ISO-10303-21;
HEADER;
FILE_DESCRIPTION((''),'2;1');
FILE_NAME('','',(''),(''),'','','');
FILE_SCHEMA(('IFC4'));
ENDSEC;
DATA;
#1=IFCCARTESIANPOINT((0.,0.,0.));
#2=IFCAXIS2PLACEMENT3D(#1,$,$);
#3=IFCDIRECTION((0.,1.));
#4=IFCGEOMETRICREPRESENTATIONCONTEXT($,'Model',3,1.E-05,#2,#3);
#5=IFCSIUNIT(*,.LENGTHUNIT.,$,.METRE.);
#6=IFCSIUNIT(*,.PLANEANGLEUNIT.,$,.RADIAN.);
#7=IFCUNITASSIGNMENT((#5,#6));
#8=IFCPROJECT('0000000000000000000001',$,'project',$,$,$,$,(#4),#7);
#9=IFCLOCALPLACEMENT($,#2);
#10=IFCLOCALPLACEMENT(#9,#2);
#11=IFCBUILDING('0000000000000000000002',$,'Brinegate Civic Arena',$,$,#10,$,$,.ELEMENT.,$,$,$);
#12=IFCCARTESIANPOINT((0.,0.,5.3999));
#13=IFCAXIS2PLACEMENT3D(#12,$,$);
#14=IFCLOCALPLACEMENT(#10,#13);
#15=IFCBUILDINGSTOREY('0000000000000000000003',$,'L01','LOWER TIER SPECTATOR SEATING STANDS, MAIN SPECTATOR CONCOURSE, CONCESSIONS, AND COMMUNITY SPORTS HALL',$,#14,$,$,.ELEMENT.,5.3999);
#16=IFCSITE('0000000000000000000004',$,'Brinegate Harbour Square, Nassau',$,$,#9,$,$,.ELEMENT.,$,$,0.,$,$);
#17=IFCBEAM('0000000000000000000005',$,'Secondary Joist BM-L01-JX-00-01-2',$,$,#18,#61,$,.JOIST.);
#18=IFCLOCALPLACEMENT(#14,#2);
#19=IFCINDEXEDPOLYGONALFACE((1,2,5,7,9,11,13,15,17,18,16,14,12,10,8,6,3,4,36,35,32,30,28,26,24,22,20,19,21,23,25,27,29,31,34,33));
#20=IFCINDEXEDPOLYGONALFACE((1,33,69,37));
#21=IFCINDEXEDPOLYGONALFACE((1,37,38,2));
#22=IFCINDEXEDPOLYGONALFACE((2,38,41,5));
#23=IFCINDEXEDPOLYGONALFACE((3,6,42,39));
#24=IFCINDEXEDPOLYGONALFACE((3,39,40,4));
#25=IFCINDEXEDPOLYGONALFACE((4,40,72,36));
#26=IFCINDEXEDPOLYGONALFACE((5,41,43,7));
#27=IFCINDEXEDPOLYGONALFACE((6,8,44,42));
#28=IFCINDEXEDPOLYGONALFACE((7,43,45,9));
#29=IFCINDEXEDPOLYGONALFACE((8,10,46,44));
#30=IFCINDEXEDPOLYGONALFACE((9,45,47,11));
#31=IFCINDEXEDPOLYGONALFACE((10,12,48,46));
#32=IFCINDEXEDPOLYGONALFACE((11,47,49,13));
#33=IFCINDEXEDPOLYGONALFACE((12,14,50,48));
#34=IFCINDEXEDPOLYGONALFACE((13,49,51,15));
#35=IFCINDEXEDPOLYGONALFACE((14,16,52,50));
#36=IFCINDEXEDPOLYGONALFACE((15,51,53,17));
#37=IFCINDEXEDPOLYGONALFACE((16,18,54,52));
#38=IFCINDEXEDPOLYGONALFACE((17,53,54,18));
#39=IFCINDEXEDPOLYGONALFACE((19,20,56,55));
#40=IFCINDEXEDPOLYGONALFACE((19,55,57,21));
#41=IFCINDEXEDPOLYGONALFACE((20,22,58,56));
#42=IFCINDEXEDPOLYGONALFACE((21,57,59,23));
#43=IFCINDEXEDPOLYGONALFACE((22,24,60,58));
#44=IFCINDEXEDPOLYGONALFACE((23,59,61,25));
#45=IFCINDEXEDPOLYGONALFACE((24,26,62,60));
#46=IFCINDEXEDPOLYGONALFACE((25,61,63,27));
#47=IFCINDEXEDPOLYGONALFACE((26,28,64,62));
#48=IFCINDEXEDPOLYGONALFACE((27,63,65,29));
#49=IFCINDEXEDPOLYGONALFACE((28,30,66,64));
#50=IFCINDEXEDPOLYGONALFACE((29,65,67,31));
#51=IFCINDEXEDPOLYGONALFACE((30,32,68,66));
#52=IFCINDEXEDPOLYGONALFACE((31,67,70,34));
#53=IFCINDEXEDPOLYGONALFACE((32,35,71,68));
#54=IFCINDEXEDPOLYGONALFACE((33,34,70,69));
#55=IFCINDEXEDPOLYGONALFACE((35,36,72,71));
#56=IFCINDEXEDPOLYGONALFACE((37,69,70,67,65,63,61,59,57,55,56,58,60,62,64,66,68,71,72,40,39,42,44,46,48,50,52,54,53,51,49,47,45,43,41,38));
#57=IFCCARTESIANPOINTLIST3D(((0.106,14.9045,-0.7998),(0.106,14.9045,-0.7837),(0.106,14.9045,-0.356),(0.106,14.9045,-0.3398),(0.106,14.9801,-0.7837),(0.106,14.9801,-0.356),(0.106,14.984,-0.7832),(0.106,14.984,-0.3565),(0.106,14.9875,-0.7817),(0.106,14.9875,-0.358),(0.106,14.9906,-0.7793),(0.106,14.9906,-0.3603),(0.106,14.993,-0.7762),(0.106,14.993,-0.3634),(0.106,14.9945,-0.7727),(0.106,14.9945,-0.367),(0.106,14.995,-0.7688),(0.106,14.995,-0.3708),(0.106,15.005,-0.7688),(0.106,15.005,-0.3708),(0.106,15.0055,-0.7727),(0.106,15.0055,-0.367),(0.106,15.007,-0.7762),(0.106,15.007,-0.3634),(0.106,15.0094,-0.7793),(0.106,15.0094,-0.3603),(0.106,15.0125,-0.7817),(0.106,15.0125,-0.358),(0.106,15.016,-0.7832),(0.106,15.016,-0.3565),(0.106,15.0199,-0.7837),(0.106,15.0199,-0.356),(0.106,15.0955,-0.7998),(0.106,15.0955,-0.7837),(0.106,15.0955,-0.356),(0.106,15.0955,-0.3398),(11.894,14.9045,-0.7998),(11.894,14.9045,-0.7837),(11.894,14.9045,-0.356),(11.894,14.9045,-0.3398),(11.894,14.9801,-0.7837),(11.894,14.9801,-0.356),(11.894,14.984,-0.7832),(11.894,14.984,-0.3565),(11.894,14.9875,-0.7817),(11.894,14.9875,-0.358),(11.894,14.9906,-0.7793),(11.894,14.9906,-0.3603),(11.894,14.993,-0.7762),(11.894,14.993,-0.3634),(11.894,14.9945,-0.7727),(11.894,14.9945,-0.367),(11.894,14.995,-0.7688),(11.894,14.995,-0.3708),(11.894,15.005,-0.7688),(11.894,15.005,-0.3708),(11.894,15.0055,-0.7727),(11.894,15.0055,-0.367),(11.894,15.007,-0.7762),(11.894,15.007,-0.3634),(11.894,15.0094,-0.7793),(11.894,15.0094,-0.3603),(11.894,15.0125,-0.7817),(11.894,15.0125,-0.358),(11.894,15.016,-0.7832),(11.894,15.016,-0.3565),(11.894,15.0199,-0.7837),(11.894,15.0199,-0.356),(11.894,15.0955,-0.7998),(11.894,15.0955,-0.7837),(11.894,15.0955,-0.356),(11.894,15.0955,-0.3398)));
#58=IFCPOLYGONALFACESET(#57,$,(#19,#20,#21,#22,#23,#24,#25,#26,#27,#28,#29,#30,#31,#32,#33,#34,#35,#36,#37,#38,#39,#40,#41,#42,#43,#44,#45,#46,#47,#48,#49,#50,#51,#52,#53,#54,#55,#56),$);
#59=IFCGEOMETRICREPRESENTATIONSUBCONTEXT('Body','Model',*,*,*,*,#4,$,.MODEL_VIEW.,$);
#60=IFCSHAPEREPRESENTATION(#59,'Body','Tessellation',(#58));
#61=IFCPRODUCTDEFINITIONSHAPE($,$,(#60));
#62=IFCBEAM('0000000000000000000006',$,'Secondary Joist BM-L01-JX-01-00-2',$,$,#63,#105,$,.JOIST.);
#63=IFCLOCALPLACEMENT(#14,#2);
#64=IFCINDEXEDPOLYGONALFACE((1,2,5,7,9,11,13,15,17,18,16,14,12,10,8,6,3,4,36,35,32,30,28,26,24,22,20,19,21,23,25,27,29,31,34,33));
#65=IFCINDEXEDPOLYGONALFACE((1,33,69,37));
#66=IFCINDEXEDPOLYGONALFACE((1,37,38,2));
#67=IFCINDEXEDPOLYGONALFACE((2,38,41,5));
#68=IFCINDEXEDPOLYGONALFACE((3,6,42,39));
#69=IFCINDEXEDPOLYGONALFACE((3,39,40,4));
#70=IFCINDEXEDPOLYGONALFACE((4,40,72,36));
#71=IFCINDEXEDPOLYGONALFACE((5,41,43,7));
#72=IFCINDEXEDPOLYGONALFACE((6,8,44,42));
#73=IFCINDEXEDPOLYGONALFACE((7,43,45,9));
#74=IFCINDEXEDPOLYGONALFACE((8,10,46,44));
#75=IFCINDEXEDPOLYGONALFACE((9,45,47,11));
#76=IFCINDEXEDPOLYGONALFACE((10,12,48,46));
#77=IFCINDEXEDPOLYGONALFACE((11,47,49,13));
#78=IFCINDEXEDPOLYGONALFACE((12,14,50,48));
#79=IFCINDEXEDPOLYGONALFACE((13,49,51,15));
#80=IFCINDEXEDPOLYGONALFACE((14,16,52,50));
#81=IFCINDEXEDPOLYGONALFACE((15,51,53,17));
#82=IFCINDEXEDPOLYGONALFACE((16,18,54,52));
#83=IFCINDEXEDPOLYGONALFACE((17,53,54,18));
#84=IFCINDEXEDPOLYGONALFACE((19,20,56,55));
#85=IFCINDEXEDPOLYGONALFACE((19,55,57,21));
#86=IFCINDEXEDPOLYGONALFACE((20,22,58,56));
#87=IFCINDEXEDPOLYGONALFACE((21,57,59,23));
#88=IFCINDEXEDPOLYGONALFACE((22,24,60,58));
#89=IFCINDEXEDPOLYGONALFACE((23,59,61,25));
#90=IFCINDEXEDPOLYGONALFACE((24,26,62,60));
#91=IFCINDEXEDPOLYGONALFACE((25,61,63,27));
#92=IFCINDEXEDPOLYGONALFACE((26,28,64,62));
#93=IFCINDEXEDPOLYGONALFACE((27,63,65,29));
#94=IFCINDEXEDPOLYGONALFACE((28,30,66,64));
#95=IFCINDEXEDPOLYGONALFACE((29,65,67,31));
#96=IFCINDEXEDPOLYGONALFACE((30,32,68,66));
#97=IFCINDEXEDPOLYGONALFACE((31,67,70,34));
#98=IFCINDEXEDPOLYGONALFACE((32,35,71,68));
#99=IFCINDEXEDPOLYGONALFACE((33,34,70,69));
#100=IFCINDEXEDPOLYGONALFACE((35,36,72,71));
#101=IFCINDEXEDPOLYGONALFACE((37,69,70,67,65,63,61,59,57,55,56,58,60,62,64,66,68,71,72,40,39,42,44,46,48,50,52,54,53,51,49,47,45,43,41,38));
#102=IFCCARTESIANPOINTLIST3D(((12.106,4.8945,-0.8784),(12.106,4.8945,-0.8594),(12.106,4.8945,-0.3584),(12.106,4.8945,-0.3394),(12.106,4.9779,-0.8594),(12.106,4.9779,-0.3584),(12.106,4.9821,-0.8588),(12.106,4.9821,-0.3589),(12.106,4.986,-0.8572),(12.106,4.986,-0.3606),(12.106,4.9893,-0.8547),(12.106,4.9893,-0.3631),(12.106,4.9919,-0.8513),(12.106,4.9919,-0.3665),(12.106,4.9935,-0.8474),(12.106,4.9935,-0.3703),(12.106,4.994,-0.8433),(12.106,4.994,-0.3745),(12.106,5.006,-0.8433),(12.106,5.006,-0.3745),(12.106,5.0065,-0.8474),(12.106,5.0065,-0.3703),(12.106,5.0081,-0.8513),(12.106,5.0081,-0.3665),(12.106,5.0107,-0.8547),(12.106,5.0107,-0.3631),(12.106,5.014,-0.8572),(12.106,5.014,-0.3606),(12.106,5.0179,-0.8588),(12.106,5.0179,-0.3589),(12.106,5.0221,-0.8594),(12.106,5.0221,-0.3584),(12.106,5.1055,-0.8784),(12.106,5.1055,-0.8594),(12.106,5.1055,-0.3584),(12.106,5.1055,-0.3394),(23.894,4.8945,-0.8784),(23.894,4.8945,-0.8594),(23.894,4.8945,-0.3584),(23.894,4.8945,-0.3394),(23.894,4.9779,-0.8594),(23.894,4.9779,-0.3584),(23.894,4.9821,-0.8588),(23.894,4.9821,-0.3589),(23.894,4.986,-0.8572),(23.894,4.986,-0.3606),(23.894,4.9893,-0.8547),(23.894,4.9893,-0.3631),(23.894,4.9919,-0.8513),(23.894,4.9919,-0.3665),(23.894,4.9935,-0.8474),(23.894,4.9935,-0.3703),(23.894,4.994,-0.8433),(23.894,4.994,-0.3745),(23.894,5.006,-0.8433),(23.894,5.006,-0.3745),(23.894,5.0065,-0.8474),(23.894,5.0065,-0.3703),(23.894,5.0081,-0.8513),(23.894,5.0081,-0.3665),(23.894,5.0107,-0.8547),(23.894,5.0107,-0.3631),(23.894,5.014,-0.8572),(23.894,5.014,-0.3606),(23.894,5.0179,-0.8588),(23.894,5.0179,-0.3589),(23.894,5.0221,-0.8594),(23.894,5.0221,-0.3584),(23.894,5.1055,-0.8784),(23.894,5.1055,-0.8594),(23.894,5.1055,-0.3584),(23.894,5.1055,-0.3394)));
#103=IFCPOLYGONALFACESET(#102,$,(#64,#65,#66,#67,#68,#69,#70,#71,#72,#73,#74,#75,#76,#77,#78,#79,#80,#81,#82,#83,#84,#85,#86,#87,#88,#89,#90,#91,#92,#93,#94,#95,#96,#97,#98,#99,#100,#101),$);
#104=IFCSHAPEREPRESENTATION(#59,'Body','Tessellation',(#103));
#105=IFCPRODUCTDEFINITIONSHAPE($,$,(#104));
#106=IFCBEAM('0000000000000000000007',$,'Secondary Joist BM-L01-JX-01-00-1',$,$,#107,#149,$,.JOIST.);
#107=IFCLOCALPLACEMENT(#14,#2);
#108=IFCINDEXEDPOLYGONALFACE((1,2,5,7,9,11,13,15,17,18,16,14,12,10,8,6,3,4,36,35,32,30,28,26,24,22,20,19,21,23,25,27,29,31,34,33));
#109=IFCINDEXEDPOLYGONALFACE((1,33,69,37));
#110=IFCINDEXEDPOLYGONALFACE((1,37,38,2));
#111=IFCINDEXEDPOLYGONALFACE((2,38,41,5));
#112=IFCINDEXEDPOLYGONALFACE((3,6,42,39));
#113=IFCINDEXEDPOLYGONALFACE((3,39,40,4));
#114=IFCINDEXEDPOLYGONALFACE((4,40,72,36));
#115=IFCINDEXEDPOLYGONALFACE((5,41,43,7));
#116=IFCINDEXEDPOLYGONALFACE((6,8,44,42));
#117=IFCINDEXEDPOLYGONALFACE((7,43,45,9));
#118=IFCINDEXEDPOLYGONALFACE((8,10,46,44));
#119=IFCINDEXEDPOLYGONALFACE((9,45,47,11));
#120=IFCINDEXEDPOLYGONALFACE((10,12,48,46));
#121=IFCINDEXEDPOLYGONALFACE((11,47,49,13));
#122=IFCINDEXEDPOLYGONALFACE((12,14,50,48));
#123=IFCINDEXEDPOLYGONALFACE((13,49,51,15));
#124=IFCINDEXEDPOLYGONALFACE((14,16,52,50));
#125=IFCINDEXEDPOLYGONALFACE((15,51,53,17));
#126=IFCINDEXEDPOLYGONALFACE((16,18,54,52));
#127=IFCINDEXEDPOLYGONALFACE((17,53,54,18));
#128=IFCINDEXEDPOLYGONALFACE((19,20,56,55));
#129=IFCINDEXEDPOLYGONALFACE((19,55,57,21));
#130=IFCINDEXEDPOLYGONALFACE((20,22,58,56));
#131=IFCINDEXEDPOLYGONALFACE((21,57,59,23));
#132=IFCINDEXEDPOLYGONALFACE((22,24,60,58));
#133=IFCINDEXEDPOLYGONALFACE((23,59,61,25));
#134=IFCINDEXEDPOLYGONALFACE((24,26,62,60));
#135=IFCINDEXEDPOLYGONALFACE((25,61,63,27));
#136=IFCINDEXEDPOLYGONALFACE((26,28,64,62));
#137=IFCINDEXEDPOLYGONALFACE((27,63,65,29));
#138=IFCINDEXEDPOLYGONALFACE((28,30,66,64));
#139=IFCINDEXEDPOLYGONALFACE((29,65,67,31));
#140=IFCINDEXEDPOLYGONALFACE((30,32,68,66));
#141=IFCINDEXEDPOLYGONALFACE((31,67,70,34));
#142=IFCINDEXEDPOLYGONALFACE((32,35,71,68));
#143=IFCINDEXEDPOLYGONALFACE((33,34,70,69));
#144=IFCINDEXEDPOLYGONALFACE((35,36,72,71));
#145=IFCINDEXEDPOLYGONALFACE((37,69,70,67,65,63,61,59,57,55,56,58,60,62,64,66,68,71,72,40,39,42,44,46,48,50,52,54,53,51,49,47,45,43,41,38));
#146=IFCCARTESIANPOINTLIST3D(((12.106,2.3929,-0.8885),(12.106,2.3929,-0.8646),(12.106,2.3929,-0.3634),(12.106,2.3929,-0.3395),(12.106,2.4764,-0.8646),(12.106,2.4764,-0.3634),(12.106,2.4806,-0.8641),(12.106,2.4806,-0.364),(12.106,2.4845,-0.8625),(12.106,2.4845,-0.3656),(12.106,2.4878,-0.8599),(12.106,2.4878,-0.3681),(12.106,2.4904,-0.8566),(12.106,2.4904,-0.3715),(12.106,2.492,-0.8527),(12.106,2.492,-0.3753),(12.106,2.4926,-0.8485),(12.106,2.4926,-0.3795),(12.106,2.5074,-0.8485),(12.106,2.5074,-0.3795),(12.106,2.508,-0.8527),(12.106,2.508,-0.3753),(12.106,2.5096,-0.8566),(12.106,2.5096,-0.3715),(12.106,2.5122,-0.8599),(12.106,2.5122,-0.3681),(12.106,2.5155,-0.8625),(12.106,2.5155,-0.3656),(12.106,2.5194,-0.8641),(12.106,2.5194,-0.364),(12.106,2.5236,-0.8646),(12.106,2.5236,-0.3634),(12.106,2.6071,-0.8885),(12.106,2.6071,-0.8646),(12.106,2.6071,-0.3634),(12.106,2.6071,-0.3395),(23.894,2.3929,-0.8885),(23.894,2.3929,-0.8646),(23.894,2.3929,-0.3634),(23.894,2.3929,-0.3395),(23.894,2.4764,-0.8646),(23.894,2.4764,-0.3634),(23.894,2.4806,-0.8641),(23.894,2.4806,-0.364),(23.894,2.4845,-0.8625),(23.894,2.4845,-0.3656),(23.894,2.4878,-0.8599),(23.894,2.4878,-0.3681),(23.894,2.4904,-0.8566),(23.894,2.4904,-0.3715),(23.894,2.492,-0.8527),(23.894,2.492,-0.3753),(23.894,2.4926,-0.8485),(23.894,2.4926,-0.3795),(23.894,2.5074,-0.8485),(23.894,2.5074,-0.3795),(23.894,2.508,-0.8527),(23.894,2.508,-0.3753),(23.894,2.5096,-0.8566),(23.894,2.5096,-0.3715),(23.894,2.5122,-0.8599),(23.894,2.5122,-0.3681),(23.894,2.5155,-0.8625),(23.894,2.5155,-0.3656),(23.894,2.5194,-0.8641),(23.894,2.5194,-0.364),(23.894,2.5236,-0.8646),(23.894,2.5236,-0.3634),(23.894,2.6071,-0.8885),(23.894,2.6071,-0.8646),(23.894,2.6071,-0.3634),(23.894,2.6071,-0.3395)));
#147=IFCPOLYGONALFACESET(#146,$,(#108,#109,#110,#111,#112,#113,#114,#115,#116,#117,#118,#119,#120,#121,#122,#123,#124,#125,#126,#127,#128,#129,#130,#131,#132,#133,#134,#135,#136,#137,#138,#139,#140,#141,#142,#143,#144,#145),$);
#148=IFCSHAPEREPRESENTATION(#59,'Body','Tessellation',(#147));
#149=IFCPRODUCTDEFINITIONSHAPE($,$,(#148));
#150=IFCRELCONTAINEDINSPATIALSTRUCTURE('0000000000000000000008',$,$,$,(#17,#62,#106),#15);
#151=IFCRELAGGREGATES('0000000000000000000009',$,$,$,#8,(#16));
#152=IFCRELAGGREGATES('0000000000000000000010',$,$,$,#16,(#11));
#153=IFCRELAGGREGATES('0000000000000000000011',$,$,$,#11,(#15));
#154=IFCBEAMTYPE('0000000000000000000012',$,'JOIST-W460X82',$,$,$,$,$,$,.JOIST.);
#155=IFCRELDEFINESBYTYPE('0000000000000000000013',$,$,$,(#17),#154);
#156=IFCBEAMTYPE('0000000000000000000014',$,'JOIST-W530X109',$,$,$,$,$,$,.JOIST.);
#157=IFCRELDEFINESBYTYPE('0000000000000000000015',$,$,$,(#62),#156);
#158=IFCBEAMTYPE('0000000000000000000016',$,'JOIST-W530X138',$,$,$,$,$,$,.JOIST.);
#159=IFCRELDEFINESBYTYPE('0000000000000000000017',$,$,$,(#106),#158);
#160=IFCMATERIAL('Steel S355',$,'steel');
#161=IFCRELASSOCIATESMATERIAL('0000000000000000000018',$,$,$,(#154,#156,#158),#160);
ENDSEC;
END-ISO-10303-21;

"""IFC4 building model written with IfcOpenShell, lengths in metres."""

from ifc_helpers import new_model, si_unit, direction, frame, origin, origin_2d, place, context, subcontext, project, spatial, i_section, extrude, material, material_profile, profile_set, type_object, element, save


model = new_model("IFC4")

# Units and contexts
model_context = context("Model", 3, precision=1e-05, world=origin(), true_north=direction((0.0, 1.0)))
body_context = subcontext(model_context, "Body", "Model", "MODEL_VIEW")
ifc_project = project(units=[si_unit("LENGTHUNIT", "METRE"), si_unit("PLANEANGLEUNIT", "RADIAN")], contexts=[model_context])

# Site, building, storey
site_placement = place(None, origin())
site = spatial("IfcSite", under=ifc_project, at=site_placement, Name="Brinegate Harbour Square, Nassau", CompositionType="ELEMENT", RefElevation=0.0)
building_placement = place(site_placement, origin())
building = spatial("IfcBuilding", under=site, at=building_placement, Name="Brinegate Civic Arena", CompositionType="ELEMENT")
storey_placement = place(building_placement, frame((0.0, 0.0, 5.3999)))
storey = spatial("IfcBuildingStorey", under=building, at=storey_placement, Name="L01", Description="LOWER TIER SPECTATOR SEATING STANDS, MAIN SPECTATOR CONCOURSE, CONCESSIONS, AND COMMUNITY SPORTS HALL", CompositionType="ELEMENT", Elevation=5.3999)

# Shared definitions
ifc_material_1 = material(Name="Steel S355", Category="steel")

# Beams
ifc_material_profile_1 = material_profile(ifc_material_1, i_section(OverallWidth=0.1909, OverallDepth=0.46, WebThickness=0.01, FlangeThickness=0.0161, FilletRadius=0.0149, at=origin_2d()), Name="W460X82")
ifc_profile_set_1 = profile_set([ifc_material_profile_1], Name="Steel S355")
beam_type_1 = type_object("IfcBeamType", Name="JOIST-W460X82", PredefinedType="JOIST", material=ifc_profile_set_1)
beam_1_placement = place(storey_placement, frame((0.106, 15.0, -0.5698), z_axis=(1.0, 0.0, 0.0), x_axis=(0.0, 1.0, 0.0)))
element("IfcBeam", 1, at=beam_1_placement, inside=storey, type_object=beam_type_1, Name="Secondary Joist BM-L01-JX-00-01-2", PredefinedType="JOIST", context=body_context, shape_type="SweptSolid", body=[
    extrude(i_section(OverallWidth=0.1909, OverallDepth=0.46, WebThickness=0.01, FlangeThickness=0.0161, FilletRadius=0.0149, at=origin_2d()), origin(), (0.0, 0.0, 1.0), 11.7881),
])
ifc_material_profile_2 = material_profile(ifc_material_1, i_section(OverallWidth=0.2109, OverallDepth=0.5391, WebThickness=0.012, FlangeThickness=0.019, FilletRadius=0.0161, at=origin_2d()), Name="W530X109")
ifc_profile_set_2 = profile_set([ifc_material_profile_2], Name="Steel S355")
beam_type_2 = type_object("IfcBeamType", Name="JOIST-W530X109", PredefinedType="JOIST", material=ifc_profile_set_2)
beam_2_placement = place(storey_placement, frame((12.106, 5.0, -0.6089), z_axis=(1.0, 0.0, 0.0), x_axis=(0.0, 1.0, 0.0)))
element("IfcBeam", 2, at=beam_2_placement, inside=storey, type_object=beam_type_2, Name="Secondary Joist BM-L01-JX-01-00-2", PredefinedType="JOIST", context=body_context, shape_type="SweptSolid", body=[
    extrude(i_section(OverallWidth=0.2109, OverallDepth=0.5391, WebThickness=0.012, FlangeThickness=0.019, FilletRadius=0.0161, at=origin_2d()), origin(), (0.0, 0.0, 1.0), 11.7881),
])
ifc_material_profile_3 = material_profile(ifc_material_1, i_section(OverallWidth=0.2141, OverallDepth=0.5491, WebThickness=0.0149, FlangeThickness=0.0239, FilletRadius=0.0161, at=origin_2d()), Name="W530X138")
ifc_profile_set_3 = profile_set([ifc_material_profile_3], Name="Steel S355")
beam_type_3 = type_object("IfcBeamType", Name="JOIST-W530X138", PredefinedType="JOIST", material=ifc_profile_set_3)
beam_3_placement = place(storey_placement, frame((12.106, 2.5, -0.614), z_axis=(1.0, 0.0, 0.0), x_axis=(0.0, 1.0, 0.0)))
element("IfcBeam", 3, at=beam_3_placement, inside=storey, type_object=beam_type_3, Name="Secondary Joist BM-L01-JX-01-00-1", PredefinedType="JOIST", context=body_context, shape_type="SweptSolid", body=[
    extrude(i_section(OverallWidth=0.2141, OverallDepth=0.5491, WebThickness=0.0149, FlangeThickness=0.0239, FilletRadius=0.0161, at=origin_2d()), origin(), (0.0, 0.0, 1.0), 11.7881),
])

save(model, "model.ifc")
